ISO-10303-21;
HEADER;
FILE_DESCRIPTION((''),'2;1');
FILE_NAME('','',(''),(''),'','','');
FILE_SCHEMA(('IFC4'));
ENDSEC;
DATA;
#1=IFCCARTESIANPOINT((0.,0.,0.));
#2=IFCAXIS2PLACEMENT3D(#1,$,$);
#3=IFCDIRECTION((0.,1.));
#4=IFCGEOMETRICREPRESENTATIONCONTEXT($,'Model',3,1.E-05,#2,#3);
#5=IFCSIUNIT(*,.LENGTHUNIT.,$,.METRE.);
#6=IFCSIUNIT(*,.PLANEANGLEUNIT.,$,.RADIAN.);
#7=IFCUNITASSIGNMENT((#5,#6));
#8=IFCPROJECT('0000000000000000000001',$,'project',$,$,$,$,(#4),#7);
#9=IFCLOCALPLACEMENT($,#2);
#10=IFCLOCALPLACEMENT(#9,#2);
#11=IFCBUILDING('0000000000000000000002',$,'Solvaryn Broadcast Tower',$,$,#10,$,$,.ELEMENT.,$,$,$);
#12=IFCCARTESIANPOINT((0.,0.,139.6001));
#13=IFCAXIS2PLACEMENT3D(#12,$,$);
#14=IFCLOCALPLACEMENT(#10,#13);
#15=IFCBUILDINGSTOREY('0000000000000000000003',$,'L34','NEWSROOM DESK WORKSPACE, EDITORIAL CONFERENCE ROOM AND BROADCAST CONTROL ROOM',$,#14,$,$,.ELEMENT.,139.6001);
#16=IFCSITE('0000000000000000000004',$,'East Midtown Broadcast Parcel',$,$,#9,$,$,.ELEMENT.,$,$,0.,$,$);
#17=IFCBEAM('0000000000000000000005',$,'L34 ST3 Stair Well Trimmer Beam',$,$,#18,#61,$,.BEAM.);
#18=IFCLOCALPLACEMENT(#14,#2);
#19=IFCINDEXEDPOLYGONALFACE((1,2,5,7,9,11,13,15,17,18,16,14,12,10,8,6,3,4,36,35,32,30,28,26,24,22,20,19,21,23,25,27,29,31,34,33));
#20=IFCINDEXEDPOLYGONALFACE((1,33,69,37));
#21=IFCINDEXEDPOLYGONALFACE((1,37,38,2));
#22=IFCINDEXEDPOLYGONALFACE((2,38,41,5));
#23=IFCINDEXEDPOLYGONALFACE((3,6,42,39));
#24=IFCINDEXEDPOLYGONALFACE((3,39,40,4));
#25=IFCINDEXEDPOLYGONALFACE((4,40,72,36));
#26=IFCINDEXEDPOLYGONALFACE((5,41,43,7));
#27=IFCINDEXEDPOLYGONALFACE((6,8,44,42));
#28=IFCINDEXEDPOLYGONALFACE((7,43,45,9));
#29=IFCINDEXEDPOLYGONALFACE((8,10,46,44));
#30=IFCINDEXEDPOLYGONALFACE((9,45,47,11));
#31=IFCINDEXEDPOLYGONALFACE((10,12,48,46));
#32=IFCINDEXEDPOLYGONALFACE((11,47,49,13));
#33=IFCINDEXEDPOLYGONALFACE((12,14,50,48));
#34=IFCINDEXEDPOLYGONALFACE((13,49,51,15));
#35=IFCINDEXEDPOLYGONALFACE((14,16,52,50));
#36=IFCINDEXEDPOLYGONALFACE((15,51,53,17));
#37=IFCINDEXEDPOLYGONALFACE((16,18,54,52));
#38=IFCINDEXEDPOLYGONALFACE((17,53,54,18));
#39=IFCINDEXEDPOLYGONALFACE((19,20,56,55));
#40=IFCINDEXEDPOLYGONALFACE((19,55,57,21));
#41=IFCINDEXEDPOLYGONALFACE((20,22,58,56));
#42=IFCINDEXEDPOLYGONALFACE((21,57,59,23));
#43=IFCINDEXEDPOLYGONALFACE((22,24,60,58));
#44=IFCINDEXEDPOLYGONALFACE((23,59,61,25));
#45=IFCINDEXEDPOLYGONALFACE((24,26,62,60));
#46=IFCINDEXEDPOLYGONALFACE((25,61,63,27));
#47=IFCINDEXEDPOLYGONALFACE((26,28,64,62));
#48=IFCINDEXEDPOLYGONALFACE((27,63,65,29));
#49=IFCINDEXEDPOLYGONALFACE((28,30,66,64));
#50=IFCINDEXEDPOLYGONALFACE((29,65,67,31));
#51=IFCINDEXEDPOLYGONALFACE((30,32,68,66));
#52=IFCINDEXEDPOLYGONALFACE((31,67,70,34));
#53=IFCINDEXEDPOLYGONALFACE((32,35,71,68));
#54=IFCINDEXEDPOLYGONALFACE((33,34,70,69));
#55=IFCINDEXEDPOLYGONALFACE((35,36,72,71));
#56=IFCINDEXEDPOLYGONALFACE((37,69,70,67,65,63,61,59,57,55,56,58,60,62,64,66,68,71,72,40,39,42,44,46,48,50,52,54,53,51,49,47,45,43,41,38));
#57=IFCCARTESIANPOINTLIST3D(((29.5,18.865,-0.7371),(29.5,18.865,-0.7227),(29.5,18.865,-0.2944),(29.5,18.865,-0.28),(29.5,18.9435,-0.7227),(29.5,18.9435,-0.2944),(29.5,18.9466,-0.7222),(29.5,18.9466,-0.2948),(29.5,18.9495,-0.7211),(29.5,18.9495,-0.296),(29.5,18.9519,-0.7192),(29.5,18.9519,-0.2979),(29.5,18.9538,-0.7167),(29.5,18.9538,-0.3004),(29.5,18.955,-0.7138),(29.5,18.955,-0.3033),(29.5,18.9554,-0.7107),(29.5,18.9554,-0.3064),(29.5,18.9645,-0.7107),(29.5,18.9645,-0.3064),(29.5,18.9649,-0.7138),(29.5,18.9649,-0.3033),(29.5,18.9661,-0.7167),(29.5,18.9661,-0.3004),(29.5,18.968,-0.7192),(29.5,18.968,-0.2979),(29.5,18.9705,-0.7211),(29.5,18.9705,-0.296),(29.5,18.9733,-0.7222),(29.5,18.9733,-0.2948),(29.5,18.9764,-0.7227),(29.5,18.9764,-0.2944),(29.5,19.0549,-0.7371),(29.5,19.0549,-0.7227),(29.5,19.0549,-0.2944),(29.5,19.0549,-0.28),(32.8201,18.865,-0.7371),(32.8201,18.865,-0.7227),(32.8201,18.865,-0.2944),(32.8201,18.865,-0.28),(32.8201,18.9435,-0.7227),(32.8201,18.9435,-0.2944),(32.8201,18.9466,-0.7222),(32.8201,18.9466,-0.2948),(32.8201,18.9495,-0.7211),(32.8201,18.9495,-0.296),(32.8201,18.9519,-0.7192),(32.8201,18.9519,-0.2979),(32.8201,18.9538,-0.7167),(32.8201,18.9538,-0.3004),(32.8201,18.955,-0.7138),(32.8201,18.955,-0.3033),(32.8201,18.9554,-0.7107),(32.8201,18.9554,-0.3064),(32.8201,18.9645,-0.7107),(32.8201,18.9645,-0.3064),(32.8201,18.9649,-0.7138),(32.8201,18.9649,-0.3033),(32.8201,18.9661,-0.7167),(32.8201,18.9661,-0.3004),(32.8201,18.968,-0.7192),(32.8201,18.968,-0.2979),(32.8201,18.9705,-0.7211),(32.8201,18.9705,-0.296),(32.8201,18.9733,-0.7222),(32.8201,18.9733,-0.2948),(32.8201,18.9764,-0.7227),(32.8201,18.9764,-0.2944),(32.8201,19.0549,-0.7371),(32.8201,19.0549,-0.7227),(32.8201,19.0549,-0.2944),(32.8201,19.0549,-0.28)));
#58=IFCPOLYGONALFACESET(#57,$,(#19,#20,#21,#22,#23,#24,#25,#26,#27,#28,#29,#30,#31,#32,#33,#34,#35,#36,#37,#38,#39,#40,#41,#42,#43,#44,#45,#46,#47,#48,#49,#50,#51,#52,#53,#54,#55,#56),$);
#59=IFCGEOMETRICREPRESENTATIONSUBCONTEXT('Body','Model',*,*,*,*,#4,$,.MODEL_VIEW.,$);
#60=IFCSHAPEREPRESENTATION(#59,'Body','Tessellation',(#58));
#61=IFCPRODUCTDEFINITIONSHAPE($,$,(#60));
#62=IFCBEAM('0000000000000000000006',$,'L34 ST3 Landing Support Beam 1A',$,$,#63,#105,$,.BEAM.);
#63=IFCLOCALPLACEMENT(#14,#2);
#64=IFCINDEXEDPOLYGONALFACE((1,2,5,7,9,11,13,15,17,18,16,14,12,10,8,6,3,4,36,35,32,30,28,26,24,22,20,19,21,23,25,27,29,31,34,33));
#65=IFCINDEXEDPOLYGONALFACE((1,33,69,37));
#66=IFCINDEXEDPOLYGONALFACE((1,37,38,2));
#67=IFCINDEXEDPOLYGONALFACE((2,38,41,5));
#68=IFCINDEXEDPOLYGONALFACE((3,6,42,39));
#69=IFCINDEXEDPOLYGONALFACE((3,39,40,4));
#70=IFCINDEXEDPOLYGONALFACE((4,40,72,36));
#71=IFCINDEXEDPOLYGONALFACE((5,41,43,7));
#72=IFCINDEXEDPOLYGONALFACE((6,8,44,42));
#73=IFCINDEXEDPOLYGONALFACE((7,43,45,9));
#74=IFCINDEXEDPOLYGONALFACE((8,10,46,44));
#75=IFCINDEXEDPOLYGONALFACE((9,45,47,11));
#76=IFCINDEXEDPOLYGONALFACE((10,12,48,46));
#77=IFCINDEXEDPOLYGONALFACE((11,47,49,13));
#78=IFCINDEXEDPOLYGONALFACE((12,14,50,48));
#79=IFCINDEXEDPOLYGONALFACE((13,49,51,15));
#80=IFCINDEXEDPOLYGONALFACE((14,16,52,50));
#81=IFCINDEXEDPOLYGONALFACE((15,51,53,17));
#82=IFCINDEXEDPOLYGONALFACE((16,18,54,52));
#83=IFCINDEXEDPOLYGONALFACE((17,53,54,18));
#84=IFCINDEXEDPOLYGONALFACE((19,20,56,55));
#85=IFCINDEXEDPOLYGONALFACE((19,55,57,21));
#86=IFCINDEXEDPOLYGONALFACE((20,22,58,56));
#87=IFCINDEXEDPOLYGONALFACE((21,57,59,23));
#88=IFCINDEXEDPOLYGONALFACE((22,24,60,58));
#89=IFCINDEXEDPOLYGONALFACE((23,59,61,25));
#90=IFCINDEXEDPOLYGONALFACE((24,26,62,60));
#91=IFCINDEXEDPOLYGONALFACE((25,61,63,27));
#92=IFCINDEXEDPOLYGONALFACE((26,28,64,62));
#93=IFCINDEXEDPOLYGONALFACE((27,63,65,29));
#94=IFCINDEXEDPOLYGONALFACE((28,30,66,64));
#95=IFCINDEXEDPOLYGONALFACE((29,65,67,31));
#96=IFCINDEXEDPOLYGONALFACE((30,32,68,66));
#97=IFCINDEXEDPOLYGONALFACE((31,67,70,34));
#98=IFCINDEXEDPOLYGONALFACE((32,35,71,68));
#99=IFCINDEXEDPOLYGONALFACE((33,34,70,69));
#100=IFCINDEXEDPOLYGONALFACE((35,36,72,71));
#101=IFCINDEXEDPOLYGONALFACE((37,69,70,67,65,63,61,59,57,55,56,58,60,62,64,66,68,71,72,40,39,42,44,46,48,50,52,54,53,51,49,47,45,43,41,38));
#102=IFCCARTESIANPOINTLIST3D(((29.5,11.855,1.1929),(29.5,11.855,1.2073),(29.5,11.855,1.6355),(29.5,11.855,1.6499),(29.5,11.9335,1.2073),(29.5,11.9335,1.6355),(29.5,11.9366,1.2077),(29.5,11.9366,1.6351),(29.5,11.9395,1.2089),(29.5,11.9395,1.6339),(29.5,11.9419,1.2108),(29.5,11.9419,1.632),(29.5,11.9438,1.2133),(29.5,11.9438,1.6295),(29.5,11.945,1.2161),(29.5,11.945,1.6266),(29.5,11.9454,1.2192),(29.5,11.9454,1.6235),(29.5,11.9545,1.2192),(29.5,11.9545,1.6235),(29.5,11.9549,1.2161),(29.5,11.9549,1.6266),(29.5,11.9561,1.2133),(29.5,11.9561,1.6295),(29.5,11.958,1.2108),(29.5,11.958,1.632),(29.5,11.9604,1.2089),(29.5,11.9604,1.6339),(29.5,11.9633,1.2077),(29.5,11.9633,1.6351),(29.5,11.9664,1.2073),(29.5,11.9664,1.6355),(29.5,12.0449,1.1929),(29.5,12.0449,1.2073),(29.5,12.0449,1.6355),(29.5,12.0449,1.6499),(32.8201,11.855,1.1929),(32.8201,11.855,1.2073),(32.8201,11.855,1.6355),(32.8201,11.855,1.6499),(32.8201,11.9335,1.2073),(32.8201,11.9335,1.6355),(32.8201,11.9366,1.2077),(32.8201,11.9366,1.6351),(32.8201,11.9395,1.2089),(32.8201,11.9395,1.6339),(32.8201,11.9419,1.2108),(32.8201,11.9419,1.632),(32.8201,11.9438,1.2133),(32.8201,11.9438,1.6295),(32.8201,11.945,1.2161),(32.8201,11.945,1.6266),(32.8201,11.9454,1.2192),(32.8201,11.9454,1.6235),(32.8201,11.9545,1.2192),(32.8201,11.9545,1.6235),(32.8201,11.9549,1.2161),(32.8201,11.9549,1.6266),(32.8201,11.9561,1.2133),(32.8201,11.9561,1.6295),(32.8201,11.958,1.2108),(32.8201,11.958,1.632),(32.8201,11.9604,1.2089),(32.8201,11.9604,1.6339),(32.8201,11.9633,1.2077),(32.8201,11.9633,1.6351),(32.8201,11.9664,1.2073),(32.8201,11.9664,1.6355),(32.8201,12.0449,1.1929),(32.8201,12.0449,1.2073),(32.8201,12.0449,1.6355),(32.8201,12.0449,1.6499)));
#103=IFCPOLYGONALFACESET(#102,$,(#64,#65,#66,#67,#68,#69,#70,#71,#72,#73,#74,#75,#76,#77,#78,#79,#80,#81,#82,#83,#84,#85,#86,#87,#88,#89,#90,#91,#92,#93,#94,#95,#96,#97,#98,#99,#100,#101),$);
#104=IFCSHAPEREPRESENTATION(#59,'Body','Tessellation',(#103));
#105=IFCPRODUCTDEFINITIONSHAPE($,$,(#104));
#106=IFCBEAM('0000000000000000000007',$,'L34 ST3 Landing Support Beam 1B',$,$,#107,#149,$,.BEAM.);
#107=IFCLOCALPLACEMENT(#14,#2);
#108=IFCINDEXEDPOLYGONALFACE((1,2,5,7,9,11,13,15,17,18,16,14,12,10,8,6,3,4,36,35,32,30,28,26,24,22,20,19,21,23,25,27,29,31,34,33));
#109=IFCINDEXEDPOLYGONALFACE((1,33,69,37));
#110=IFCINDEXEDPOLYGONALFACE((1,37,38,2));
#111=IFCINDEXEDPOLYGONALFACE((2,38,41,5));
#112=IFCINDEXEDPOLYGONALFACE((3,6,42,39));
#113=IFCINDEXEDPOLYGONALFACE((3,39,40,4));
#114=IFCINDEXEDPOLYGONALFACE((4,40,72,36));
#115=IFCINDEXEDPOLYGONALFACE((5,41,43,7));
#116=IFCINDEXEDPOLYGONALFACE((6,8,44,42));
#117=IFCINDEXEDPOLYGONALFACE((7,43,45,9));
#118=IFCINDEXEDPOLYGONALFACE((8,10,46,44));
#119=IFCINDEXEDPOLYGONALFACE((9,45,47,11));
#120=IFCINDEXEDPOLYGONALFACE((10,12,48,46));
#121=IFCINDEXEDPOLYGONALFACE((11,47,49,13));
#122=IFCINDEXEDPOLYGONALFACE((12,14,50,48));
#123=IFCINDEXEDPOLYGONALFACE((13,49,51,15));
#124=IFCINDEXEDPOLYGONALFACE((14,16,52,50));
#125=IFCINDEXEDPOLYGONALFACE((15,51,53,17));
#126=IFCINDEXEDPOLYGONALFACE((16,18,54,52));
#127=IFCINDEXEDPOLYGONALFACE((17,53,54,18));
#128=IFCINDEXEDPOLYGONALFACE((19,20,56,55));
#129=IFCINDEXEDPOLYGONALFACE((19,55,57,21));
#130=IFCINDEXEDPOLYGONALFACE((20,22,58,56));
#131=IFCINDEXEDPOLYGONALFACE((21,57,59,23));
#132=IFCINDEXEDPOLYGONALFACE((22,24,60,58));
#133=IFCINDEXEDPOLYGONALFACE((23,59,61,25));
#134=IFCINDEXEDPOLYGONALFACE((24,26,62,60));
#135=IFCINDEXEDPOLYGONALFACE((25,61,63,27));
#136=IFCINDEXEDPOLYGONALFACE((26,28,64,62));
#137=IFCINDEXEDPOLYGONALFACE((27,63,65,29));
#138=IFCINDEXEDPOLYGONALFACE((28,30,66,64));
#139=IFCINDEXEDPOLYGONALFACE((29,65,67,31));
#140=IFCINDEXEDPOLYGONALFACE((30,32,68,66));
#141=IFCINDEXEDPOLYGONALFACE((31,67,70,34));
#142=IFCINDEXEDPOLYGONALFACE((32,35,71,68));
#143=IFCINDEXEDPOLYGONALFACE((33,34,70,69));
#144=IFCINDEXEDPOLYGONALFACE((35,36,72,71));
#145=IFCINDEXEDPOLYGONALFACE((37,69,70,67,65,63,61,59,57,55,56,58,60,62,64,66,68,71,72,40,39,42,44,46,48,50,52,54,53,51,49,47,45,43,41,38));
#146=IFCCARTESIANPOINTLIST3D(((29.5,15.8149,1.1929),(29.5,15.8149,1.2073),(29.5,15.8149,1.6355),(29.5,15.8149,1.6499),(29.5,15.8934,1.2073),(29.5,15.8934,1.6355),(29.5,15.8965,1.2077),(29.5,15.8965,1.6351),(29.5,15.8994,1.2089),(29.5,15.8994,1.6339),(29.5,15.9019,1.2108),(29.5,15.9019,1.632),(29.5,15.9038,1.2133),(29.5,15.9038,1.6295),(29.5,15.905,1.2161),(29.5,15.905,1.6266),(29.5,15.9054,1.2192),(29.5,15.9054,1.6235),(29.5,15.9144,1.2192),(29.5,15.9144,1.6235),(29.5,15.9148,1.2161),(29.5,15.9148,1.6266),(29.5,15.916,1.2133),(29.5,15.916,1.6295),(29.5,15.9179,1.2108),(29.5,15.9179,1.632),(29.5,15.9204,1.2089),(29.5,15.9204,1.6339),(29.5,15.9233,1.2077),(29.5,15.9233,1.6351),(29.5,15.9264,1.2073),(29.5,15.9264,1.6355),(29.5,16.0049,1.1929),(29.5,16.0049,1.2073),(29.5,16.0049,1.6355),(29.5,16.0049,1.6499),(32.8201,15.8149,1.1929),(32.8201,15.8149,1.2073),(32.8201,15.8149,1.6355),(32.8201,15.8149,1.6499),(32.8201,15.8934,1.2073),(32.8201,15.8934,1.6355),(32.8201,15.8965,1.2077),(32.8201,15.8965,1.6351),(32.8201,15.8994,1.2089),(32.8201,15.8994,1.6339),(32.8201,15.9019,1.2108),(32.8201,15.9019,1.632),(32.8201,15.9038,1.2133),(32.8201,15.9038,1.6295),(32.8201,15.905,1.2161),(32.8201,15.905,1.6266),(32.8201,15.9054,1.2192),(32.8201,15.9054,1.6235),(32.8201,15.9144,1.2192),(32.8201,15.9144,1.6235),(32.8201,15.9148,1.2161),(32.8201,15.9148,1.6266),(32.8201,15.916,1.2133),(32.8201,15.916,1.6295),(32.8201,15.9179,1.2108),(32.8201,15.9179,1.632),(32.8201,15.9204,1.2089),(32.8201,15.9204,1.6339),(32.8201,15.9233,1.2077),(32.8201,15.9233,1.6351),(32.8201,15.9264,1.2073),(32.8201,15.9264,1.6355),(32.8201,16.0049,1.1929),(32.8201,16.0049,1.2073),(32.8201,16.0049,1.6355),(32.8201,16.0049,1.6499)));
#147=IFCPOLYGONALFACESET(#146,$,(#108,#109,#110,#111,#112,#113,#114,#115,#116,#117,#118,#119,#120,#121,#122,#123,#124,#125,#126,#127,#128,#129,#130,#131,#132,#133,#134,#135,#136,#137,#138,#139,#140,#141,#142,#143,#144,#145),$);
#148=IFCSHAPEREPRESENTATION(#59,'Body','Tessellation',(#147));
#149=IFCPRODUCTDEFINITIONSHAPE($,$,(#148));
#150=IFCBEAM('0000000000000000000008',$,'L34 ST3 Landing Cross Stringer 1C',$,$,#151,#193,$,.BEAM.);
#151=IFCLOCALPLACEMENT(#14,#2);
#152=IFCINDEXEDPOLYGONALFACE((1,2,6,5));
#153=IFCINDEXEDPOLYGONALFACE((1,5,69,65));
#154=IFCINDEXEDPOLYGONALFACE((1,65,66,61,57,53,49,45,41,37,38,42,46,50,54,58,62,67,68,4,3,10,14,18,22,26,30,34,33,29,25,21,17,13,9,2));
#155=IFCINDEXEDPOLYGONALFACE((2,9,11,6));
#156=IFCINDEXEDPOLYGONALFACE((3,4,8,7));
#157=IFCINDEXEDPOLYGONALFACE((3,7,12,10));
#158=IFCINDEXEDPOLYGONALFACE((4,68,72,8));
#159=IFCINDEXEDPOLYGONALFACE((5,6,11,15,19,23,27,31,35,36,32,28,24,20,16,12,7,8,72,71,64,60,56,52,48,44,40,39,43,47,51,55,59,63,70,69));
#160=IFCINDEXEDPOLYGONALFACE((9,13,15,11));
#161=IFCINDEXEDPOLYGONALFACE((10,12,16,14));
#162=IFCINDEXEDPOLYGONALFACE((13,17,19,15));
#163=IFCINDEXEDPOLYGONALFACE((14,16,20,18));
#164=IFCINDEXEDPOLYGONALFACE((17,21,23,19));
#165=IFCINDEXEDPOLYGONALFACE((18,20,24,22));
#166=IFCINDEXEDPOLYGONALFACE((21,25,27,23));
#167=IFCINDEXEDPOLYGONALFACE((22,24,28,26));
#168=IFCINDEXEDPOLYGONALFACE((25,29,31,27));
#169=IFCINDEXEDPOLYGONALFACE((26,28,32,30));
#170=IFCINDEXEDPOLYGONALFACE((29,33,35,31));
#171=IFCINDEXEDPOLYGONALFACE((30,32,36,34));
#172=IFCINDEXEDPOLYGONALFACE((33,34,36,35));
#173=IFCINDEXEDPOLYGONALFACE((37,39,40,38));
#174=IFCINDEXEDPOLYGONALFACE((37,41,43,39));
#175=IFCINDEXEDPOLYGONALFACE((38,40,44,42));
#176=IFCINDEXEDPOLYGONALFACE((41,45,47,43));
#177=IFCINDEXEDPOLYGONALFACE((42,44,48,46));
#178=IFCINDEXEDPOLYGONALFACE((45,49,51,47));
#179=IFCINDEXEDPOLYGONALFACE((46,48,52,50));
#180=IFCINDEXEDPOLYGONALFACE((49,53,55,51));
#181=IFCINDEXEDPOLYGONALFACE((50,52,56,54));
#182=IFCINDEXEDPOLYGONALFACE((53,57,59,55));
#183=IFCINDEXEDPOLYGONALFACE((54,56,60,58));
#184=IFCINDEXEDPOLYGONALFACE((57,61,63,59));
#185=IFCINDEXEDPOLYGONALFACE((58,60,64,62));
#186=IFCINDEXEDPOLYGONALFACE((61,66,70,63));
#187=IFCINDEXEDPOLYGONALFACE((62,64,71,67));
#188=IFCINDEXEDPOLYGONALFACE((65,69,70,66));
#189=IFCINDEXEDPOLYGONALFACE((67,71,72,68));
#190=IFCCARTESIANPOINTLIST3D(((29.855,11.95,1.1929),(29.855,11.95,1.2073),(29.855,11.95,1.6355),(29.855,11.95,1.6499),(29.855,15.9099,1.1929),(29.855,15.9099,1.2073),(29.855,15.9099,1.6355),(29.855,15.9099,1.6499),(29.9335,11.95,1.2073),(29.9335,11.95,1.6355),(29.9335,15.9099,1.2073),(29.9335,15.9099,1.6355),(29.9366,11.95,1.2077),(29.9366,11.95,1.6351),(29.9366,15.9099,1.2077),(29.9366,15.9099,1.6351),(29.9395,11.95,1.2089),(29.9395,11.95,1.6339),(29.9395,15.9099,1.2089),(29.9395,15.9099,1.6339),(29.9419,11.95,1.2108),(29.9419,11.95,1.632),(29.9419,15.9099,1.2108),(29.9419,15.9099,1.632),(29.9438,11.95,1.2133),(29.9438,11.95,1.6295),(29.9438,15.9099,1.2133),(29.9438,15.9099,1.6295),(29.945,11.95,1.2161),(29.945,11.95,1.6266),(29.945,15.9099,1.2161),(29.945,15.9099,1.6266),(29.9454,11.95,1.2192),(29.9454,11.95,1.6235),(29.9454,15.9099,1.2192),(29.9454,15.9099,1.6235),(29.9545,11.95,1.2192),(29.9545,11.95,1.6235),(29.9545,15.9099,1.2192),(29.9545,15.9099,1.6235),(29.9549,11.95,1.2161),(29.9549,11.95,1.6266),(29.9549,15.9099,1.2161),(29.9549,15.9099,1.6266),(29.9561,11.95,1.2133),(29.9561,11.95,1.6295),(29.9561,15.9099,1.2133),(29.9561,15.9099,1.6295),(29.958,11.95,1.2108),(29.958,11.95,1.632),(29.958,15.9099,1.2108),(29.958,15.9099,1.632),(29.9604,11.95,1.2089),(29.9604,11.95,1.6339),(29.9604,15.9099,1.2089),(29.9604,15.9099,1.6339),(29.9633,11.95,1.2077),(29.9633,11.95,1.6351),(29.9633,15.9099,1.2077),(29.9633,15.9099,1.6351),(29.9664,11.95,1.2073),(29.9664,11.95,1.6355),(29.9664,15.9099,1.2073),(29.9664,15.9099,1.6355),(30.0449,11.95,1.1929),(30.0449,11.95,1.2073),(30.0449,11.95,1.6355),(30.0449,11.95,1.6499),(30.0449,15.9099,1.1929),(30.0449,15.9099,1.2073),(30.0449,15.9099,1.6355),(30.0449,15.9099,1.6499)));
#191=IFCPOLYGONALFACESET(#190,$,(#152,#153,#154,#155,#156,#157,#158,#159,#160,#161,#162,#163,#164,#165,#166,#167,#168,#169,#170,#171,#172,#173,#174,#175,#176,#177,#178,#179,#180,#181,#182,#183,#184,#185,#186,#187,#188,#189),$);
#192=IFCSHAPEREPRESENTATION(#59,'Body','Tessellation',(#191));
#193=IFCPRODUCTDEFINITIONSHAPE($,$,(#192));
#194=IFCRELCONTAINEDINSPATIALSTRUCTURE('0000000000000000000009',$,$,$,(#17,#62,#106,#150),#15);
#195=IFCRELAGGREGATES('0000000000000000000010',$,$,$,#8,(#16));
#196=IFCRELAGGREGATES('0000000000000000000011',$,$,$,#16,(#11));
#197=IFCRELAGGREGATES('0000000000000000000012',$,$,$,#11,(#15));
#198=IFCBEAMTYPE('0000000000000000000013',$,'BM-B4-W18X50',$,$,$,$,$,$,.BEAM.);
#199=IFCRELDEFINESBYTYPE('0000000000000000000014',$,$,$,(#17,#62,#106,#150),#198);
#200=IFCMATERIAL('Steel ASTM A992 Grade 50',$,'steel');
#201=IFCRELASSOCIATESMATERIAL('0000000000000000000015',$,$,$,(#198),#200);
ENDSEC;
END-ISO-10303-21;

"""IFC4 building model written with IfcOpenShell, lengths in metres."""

from ifc_helpers import new_model, si_unit, direction, frame, origin, origin_2d, place, context, subcontext, project, spatial, i_section, extrude, material, material_profile, profile_set, type_object, element, save


model = new_model("IFC4")

# Units and contexts
model_context = context("Model", 3, precision=1e-05, world=origin(), true_north=direction((0.0, 1.0)))
body_context = subcontext(model_context, "Body", "Model", "MODEL_VIEW")
ifc_project = project(units=[si_unit("LENGTHUNIT", "METRE"), si_unit("PLANEANGLEUNIT", "RADIAN")], contexts=[model_context])

# Site, building, storey
site_placement = place(None, origin())
site = spatial("IfcSite", under=ifc_project, at=site_placement, Name="East Midtown Broadcast Parcel", CompositionType="ELEMENT", RefElevation=0.0)
building_placement = place(site_placement, origin())
building = spatial("IfcBuilding", under=site, at=building_placement, Name="Solvaryn Broadcast Tower", CompositionType="ELEMENT")
storey_placement = place(building_placement, frame((0.0, 0.0, 139.6001)))
storey = spatial("IfcBuildingStorey", under=building, at=storey_placement, Name="L34", Description="NEWSROOM DESK WORKSPACE, EDITORIAL CONFERENCE ROOM AND BROADCAST CONTROL ROOM", CompositionType="ELEMENT", Elevation=139.6001)

# Beams
ifc_material_1 = material(Name="Steel ASTM A992 Grade 50", Category="steel")
ifc_material_profile_1 = material_profile(ifc_material_1, i_section(OverallWidth=0.1899, OverallDepth=0.457, WebThickness=0.009, FlangeThickness=0.0144, FilletRadius=0.012, at=origin_2d()))
ifc_profile_set_1 = profile_set([ifc_material_profile_1], Name="Steel ASTM A992 Grade 50")
beam_type_1 = type_object("IfcBeamType", Name="BM-B4-W18X50", PredefinedType="BEAM", material=ifc_profile_set_1)
for number, where, z_axis, x_axis, name in (
    (1, (29.5, 18.96, -0.5085), (1.0, 0.0, 0.0), (0.0, 1.0, 0.0), "L34 ST3 Stair Well Trimmer Beam"),
    (2, (29.5, 11.95, 1.4214), (1.0, 0.0, 0.0), (0.0, 1.0, 0.0), "L34 ST3 Landing Support Beam 1A"),
    (3, (29.5, 15.9099, 1.4214), (1.0, 0.0, 0.0), (0.0, 1.0, 0.0), "L34 ST3 Landing Support Beam 1B"),
):
    element("IfcBeam", number, at=place(storey_placement, frame(where, z_axis=z_axis, x_axis=x_axis)), inside=storey, type_object=beam_type_1, Name=name, PredefinedType="BEAM", context=body_context, shape_type="SweptSolid", body=[
        extrude(i_section(OverallWidth=0.1899, OverallDepth=0.457, WebThickness=0.009, FlangeThickness=0.0144, FilletRadius=0.012, at=origin_2d()), origin(), (0.0, 0.0, 1.0), 3.3201),
    ])
beam_1_placement = place(storey_placement, frame((29.95, 11.95, 1.4214), z_axis=(0.0, 1.0, 0.0), x_axis=(-1.0, 0.0, 0.0)))
element("IfcBeam", 4, at=beam_1_placement, inside=storey, type_object=beam_type_1, Name="L34 ST3 Landing Cross Stringer 1C", PredefinedType="BEAM", context=body_context, shape_type="SweptSolid", body=[
    extrude(i_section(OverallWidth=0.1899, OverallDepth=0.457, WebThickness=0.009, FlangeThickness=0.0144, FilletRadius=0.012, at=origin_2d()), origin(), (0.0, 0.0, 1.0), 3.96),
])

save(model, "model.ifc")
